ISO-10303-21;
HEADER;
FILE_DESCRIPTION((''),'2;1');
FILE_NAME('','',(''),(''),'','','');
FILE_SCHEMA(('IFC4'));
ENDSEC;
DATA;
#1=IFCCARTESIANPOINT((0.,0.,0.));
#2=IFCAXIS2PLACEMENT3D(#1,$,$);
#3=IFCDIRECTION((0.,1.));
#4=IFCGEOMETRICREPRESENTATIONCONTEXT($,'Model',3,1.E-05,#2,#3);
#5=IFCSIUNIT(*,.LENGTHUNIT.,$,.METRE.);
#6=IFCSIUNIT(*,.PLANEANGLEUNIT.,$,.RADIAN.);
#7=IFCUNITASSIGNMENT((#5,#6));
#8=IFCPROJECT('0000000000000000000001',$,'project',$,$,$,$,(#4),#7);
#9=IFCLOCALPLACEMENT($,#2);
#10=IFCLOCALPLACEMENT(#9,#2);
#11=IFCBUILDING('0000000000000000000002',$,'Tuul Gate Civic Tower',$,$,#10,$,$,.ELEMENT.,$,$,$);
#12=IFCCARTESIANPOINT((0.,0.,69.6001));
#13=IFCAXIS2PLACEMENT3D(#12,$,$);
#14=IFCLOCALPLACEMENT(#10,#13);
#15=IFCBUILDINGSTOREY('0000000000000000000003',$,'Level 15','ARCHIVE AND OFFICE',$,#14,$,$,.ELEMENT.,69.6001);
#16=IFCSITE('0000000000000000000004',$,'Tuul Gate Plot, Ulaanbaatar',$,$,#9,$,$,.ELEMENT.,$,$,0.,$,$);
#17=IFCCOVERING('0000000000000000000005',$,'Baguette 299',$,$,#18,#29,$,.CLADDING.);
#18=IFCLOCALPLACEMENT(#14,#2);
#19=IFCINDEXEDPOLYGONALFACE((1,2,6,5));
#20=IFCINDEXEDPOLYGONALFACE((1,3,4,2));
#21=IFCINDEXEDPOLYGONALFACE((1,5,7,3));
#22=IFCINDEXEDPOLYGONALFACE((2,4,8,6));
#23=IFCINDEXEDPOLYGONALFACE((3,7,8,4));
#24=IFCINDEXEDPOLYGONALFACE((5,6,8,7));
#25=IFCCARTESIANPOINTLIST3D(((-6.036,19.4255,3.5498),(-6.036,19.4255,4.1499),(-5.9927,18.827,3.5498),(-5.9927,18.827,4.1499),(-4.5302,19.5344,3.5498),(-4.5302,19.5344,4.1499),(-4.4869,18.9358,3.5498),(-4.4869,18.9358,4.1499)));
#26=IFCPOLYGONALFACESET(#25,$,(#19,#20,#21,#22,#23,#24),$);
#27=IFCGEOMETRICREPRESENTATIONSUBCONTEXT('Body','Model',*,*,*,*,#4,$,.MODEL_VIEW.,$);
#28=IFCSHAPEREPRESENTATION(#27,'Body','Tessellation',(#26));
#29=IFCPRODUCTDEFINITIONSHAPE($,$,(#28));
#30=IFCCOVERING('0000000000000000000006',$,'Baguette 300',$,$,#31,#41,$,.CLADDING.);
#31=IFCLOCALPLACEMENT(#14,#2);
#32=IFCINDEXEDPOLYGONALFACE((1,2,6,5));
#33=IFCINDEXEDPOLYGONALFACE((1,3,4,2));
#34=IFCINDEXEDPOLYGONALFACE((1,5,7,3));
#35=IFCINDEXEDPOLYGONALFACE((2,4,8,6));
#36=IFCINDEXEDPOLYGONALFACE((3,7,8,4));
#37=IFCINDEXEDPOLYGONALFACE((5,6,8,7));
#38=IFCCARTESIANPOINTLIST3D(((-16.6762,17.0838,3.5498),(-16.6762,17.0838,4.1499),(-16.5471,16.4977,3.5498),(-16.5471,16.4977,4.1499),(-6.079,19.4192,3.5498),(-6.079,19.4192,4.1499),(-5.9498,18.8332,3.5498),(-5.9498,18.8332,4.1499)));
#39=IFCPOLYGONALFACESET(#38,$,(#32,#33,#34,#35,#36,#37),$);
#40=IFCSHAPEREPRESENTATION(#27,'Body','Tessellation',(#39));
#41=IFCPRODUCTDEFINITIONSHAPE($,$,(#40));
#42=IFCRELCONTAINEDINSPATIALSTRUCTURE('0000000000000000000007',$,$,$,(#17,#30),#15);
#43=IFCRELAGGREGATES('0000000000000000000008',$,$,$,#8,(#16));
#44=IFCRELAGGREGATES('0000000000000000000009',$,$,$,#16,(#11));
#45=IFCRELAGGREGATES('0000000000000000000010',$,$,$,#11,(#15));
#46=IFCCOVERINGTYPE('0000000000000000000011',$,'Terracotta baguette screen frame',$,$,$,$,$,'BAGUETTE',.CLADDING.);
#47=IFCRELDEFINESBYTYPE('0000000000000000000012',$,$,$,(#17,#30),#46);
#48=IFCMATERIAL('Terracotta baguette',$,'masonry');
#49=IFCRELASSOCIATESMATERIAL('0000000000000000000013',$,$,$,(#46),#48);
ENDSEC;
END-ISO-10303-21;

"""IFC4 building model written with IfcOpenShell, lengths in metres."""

from ifc_helpers import new_model, si_unit, direction, frame, origin, origin_2d, place, context, subcontext, project, spatial, rectangle, extrude, material, material_profile, profile_set, type_object, element, save


model = new_model("IFC4")

# Units and contexts
model_context = context("Model", 3, precision=1e-05, world=origin(), true_north=direction((0.0, 1.0)))
body_context = subcontext(model_context, "Body", "Model", "MODEL_VIEW")
ifc_project = project(units=[si_unit("LENGTHUNIT", "METRE"), si_unit("PLANEANGLEUNIT", "RADIAN")], contexts=[model_context])

# Site, building, storey
site_placement = place(None, origin())
site = spatial("IfcSite", under=ifc_project, at=site_placement, Name="Tuul Gate Plot, Ulaanbaatar", CompositionType="ELEMENT", RefElevation=0.0)
building_placement = place(site_placement, origin())
building = spatial("IfcBuilding", under=site, at=building_placement, Name="Tuul Gate Civic Tower", CompositionType="ELEMENT")
storey_placement = place(building_placement, frame((0.0, 0.0, 69.6001)))
storey = spatial("IfcBuildingStorey", under=building, at=storey_placement, Name="Level 15", Description="ARCHIVE AND OFFICE", CompositionType="ELEMENT", Elevation=69.6001)

# Coverings
ifc_material_1 = material(Name="Terracotta baguette", Category="masonry")
ifc_material_profile_1 = material_profile(ifc_material_1, rectangle(XDim=0.6001, YDim=0.6001, at=origin_2d()), Name="Terracotta baguette screen frame")
ifc_profile_set_1 = profile_set([ifc_material_profile_1], Name="Terracotta baguette")
covering_type = type_object("IfcCoveringType", Name="Terracotta baguette screen frame", ElementType="BAGUETTE", PredefinedType="CLADDING", material=ifc_profile_set_1)
covering_1_placement = place(storey_placement, frame((-4.5085, 19.2351, 3.8499), z_axis=(-0.997396, -0.07212, 0.0), x_axis=(0.07212, -0.997396, 0.0)))
element("IfcCovering", 1, at=covering_1_placement, inside=storey, type_object=covering_type, Name="Baguette 299", PredefinedType="CLADDING", context=body_context, shape_type="SweptSolid", body=[
    extrude(rectangle(XDim=0.6001, YDim=0.6001, at=origin_2d()), origin(), (0.0, 0.0, 1.0), 1.5098),
])
covering_2_placement = place(storey_placement, frame((-6.0144, 19.1262, 3.8499), z_axis=(-0.976566, -0.21522, 0.0), x_axis=(0.21522, -0.976566, 0.0)))
element("IfcCovering", 2, at=covering_2_placement, inside=storey, type_object=covering_type, Name="Baguette 300", PredefinedType="CLADDING", context=body_context, shape_type="SweptSolid", body=[
    extrude(rectangle(XDim=0.6001, YDim=0.6001, at=origin_2d()), origin(), (0.0, 0.0, 1.0), 10.8516),
])

save(model, "model.ifc")
